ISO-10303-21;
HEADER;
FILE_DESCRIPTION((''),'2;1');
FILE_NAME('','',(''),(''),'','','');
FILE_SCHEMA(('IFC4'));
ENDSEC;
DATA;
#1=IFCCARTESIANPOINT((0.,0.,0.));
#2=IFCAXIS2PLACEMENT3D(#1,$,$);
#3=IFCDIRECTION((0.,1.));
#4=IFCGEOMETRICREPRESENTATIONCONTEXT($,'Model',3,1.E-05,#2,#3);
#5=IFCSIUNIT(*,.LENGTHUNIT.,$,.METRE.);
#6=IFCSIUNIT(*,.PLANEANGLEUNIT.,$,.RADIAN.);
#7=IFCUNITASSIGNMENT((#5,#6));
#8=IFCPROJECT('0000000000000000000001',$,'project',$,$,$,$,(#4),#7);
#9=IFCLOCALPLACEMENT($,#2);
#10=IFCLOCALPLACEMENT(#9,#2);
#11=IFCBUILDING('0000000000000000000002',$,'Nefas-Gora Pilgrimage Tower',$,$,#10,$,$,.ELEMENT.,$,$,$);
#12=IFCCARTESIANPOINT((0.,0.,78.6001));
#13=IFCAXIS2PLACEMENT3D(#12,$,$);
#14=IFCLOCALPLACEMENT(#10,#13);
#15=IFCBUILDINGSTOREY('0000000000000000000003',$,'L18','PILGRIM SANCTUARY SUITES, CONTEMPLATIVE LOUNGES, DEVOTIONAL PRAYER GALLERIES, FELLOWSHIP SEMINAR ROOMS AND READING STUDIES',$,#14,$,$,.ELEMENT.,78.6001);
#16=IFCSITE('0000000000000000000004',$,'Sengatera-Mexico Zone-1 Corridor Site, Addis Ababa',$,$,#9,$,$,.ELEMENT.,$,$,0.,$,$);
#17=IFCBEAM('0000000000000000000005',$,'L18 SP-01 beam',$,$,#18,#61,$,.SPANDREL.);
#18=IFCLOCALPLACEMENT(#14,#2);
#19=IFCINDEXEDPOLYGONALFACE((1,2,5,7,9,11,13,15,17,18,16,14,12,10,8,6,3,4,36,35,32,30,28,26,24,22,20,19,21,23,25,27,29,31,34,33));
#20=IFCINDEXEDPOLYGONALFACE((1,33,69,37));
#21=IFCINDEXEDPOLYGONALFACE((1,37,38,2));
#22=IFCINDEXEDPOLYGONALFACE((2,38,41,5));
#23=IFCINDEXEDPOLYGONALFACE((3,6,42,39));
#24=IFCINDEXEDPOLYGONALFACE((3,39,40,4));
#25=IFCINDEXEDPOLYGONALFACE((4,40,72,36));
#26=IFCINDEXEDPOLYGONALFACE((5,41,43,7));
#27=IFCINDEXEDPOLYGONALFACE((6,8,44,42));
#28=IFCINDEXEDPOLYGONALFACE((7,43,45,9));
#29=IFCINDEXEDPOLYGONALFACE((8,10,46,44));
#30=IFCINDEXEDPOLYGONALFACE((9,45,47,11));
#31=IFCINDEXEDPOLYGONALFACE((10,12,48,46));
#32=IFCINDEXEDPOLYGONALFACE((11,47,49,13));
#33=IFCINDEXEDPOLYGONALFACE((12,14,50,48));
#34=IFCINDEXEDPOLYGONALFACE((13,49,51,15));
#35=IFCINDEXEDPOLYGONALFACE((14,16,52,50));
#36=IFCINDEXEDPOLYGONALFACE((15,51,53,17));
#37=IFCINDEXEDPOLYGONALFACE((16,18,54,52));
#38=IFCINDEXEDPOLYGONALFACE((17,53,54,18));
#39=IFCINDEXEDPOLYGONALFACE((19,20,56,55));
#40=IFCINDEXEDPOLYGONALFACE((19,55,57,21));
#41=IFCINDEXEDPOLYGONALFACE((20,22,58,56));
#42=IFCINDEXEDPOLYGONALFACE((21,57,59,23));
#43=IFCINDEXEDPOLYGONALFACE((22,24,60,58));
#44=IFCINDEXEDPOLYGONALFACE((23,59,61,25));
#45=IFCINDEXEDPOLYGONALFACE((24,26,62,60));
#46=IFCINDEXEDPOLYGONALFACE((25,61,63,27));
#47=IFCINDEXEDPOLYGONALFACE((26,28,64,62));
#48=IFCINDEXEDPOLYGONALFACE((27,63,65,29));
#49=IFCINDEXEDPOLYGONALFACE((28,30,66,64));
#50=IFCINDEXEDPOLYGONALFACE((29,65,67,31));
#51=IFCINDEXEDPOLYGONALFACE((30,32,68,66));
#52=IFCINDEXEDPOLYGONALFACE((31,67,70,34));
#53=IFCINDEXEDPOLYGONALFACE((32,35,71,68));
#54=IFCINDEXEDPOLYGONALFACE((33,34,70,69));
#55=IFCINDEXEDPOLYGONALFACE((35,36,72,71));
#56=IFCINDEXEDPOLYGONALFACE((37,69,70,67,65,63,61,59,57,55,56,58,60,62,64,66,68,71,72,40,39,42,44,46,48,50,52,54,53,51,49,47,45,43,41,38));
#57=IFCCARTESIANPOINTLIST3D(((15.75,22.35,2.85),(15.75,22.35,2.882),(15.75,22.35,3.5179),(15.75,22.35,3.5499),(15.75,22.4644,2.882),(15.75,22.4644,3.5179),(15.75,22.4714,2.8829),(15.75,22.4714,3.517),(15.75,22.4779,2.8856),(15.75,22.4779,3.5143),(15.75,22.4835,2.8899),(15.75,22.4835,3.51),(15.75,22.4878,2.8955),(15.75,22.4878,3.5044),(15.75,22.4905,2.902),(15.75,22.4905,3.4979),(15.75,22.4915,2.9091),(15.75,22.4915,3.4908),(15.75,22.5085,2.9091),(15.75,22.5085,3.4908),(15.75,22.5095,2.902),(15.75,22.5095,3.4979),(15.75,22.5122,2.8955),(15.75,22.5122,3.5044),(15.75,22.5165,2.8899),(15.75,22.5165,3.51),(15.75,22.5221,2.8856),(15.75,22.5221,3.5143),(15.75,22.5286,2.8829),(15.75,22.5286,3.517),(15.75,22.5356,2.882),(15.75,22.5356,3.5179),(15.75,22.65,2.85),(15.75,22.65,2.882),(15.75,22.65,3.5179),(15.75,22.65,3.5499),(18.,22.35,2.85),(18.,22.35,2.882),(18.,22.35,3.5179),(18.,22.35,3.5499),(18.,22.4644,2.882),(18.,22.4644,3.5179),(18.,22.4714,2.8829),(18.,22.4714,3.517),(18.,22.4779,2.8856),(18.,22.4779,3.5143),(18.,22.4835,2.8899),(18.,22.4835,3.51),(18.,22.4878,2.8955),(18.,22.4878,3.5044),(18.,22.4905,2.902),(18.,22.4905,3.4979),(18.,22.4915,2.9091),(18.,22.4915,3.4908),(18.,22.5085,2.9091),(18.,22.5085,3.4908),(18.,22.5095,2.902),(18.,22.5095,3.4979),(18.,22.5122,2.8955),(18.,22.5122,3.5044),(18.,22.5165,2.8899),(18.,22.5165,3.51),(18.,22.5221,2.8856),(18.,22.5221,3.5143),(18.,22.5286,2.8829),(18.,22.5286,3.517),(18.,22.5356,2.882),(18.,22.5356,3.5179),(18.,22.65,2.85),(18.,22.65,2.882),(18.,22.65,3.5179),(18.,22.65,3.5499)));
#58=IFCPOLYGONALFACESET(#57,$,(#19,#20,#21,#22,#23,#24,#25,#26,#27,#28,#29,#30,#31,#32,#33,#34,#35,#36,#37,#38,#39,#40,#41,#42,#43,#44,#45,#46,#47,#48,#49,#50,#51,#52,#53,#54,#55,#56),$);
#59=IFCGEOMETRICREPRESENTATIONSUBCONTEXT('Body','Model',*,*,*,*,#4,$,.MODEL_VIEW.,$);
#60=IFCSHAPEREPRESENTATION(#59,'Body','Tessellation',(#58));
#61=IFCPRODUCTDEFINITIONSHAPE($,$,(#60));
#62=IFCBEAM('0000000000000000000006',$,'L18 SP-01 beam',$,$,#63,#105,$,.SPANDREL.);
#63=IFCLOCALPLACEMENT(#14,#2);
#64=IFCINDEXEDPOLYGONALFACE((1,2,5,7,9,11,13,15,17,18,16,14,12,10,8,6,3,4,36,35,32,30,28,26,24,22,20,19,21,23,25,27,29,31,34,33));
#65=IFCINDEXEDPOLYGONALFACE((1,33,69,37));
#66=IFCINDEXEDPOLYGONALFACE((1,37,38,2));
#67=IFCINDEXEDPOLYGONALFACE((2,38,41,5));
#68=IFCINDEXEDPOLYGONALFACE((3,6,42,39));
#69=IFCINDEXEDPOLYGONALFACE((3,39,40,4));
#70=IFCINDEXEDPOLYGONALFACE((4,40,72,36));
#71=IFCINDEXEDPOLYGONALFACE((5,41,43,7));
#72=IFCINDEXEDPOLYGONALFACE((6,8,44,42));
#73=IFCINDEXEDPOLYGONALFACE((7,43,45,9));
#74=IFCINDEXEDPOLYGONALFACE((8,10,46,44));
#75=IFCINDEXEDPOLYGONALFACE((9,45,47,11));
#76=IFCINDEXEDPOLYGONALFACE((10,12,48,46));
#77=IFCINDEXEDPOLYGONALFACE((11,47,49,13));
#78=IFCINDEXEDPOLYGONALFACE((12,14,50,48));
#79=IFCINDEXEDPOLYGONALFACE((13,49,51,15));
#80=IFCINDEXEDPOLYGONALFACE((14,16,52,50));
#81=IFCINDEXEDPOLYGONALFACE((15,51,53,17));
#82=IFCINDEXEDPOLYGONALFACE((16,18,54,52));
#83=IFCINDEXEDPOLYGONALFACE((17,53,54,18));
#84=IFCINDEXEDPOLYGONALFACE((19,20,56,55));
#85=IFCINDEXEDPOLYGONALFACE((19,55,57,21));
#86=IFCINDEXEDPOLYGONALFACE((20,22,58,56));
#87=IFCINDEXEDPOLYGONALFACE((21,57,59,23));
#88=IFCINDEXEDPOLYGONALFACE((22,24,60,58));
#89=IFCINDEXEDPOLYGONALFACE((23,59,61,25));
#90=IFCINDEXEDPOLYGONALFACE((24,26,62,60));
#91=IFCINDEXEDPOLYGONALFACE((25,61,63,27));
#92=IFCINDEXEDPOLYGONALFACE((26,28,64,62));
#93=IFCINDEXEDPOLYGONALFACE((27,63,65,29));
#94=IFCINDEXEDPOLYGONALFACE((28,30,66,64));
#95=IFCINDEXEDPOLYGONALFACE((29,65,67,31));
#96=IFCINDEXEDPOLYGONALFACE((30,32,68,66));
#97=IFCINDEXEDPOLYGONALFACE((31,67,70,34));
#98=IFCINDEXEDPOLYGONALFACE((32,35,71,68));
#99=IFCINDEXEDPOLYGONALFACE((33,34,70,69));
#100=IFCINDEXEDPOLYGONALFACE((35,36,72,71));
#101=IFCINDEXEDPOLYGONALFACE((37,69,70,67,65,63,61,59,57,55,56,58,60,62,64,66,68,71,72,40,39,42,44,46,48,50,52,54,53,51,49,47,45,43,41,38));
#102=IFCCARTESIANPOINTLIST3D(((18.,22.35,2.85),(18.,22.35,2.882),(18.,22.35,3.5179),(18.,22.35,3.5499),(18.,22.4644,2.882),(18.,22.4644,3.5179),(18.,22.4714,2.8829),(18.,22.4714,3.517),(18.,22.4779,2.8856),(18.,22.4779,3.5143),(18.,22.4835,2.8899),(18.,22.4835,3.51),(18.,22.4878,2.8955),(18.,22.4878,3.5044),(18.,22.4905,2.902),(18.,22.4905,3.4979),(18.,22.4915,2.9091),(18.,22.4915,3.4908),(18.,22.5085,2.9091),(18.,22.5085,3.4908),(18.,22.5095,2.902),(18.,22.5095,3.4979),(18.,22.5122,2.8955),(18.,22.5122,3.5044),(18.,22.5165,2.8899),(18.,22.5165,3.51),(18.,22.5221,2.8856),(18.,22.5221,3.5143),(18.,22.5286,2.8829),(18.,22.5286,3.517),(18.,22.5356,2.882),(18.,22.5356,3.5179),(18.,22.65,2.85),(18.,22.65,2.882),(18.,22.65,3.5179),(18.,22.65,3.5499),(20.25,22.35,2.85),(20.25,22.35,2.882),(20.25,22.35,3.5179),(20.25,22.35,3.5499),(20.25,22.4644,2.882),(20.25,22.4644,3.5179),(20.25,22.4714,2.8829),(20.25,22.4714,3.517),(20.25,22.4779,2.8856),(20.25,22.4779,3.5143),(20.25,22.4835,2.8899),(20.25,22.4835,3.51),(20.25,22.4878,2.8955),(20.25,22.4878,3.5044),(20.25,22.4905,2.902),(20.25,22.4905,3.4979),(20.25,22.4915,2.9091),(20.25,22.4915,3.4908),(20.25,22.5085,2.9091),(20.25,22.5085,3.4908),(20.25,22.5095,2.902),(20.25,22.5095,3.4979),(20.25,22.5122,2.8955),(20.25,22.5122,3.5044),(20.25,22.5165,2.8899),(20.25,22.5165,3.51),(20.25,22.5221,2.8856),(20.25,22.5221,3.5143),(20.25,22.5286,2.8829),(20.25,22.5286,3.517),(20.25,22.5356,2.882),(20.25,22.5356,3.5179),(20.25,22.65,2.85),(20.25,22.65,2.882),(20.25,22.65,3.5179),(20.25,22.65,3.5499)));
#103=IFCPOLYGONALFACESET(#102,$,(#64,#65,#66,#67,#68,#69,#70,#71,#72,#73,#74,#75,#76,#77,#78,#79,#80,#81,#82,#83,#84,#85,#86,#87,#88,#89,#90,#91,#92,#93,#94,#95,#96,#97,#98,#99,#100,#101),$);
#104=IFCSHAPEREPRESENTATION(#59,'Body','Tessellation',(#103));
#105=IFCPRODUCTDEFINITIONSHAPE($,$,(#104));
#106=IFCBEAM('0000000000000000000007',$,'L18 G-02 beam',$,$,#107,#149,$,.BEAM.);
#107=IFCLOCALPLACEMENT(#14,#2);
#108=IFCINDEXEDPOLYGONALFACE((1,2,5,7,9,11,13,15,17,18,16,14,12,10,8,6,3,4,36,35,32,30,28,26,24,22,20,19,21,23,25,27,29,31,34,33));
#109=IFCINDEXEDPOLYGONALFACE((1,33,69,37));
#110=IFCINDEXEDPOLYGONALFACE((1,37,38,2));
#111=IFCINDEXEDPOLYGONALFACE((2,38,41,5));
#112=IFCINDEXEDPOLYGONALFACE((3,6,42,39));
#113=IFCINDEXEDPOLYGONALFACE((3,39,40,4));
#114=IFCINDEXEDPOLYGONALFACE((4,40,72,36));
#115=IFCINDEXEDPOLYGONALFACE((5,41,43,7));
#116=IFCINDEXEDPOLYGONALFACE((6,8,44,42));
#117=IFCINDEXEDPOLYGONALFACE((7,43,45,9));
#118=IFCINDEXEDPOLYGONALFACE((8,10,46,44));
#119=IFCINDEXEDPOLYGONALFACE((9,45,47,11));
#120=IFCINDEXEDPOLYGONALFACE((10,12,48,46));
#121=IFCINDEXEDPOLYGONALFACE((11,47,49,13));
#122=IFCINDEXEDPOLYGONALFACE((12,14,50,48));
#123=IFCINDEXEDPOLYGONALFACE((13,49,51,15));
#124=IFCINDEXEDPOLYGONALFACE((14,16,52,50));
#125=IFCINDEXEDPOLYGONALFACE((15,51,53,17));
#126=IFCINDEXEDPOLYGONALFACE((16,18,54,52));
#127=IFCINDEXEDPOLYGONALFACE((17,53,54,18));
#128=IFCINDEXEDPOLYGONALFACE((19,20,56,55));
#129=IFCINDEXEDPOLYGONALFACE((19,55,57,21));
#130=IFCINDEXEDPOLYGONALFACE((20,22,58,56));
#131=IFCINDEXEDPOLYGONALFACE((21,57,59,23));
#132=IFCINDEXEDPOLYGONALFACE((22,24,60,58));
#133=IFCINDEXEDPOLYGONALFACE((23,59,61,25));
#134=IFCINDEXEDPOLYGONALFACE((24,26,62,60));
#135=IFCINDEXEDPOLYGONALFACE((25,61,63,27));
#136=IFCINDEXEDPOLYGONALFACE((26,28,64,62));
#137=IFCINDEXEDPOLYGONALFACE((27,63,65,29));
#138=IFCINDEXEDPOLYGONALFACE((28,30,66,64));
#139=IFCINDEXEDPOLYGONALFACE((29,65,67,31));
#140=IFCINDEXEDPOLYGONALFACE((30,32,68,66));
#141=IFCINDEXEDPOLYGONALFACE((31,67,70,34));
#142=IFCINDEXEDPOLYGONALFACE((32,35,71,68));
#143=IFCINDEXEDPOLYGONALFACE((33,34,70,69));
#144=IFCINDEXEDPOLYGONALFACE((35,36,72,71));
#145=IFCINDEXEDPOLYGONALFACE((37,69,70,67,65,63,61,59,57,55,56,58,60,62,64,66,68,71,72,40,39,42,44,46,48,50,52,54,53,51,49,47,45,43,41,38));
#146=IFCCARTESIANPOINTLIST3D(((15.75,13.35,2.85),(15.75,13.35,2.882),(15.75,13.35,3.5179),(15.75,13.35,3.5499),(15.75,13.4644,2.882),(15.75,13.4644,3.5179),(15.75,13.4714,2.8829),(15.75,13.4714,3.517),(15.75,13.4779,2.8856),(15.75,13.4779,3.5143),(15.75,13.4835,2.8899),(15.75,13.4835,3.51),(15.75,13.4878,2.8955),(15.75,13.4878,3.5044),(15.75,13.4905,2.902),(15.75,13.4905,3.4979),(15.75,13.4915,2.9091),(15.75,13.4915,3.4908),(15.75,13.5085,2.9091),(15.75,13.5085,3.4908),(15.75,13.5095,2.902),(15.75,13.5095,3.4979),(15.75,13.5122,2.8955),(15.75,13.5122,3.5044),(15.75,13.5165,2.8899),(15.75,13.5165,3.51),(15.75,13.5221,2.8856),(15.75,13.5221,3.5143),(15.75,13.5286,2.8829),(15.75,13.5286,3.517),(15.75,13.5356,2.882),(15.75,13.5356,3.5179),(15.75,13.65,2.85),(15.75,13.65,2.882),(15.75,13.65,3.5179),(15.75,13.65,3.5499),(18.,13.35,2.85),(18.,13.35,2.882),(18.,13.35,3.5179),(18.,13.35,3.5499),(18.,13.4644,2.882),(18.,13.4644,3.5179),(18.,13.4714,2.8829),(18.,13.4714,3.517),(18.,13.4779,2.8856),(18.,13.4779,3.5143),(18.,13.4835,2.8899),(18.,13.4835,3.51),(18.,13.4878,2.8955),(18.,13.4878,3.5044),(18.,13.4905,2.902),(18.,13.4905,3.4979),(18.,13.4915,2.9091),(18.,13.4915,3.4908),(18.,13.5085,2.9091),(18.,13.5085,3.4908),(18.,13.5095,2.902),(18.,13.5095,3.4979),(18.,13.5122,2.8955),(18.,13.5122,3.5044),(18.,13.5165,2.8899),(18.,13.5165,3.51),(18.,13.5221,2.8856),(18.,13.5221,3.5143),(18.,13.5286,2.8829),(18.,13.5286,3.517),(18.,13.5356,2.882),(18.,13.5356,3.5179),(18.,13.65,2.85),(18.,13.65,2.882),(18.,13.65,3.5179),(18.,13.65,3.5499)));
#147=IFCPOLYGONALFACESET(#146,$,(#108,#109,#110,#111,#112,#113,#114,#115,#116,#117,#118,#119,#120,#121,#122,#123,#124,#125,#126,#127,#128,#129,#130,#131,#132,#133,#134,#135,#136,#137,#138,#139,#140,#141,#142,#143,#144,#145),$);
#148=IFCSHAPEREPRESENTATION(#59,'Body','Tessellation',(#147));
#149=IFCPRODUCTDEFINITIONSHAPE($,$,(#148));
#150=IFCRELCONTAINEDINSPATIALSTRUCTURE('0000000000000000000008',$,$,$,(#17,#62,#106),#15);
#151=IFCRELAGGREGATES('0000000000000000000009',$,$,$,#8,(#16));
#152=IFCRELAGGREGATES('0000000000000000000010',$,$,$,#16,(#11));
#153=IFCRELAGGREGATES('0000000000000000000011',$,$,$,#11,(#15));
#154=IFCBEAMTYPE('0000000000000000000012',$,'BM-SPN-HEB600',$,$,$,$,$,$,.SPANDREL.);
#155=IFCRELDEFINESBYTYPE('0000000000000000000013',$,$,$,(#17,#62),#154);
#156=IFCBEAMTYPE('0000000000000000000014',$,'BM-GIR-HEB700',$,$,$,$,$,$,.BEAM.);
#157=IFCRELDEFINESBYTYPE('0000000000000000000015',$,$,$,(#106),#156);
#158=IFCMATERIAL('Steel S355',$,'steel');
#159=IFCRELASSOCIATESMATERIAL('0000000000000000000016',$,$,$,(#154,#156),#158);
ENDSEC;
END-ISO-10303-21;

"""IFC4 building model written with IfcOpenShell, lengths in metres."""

from ifc_helpers import new_model, si_unit, direction, frame, origin, origin_2d, place, context, subcontext, project, spatial, i_section, extrude, source, transform, mapped, material, material_profile, profile_set, type_object, element, save


model = new_model("IFC4")

# Units and contexts
model_context = context("Model", 3, precision=1e-05, world=origin(), true_north=direction((0.0, 1.0)))
body_context = subcontext(model_context, "Body", "Model", "MODEL_VIEW")
ifc_project = project(units=[si_unit("LENGTHUNIT", "METRE"), si_unit("PLANEANGLEUNIT", "RADIAN")], contexts=[model_context])

# Site, building, storey
site_placement = place(None, origin())
site = spatial("IfcSite", under=ifc_project, at=site_placement, Name="Sengatera-Mexico Zone-1 Corridor Site, Addis Ababa", CompositionType="ELEMENT", RefElevation=0.0)
building_placement = place(site_placement, origin())
building = spatial("IfcBuilding", under=site, at=building_placement, Name="Nefas-Gora Pilgrimage Tower", CompositionType="ELEMENT")
storey_placement = place(building_placement, frame((0.0, 0.0, 78.6001)))
storey = spatial("IfcBuildingStorey", under=building, at=storey_placement, Name="L18", Description="PILGRIM SANCTUARY SUITES, CONTEMPLATIVE LOUNGES, DEVOTIONAL PRAYER GALLERIES, FELLOWSHIP SEMINAR ROOMS AND READING STUDIES", CompositionType="ELEMENT", Elevation=78.6001)

# Beams
ifc_material_1 = material(Name="Steel S355", Category="steel")
ifc_material_profile_1 = material_profile(ifc_material_1, i_section(OverallWidth=0.3, OverallDepth=0.7, WebThickness=0.0171, FlangeThickness=0.032, FilletRadius=0.0271, at=origin_2d()), Name="HEB 700")
ifc_profile_set_1 = profile_set([ifc_material_profile_1], Name="Steel S355")
beam_type_1 = type_object("IfcBeamType", Name="BM-SPN-HEB600", PredefinedType="SPANDREL", material=ifc_profile_set_1)
ifc_material_profile_2 = material_profile(ifc_material_1, i_section(OverallWidth=0.3, OverallDepth=0.7, WebThickness=0.0171, FlangeThickness=0.032, FilletRadius=0.0271, at=origin_2d()), Name="HEB 700")
ifc_profile_set_2 = profile_set([ifc_material_profile_2], Name="Steel S355")
beam_type_2 = type_object("IfcBeamType", Name="BM-GIR-HEB700", PredefinedType="BEAM", material=ifc_profile_set_2)
shared_shape_1 = source(origin(), body_context, "Body", "SweptSolid", [
    extrude(i_section(OverallWidth=0.3, OverallDepth=0.7, WebThickness=0.0171, FlangeThickness=0.032, FilletRadius=0.0271, at=origin_2d()), origin(), (0.0, 0.0, 1.0), 2.25),
])
for number, where, z_axis, x_axis, name in (
    (1, (15.75, 22.5, 3.2), (1.0, 0.0, 0.0), (0.0, 1.0, 0.0), "L18 SP-01 beam"),
    (2, (18.0, 22.5, 3.2), (1.0, 0.0, 0.0), (0.0, 1.0, 0.0), "L18 SP-01 beam"),
):
    element("IfcBeam", number, at=place(storey_placement, frame(where, z_axis=z_axis, x_axis=x_axis)), inside=storey, type_object=beam_type_1, Name=name, PredefinedType="SPANDREL", context=body_context, shape_type="MappedRepresentation", body=[
        mapped(shared_shape_1, transform((0.0, 0.0, 0.0), x_axis=(1.0, 0.0, 0.0), y_axis=(0.0, 1.0, 0.0), z_axis=(0.0, 0.0, 1.0), scale=1.0)),
    ])
shared_shape_2 = source(origin(), body_context, "Body", "SweptSolid", [
    extrude(i_section(OverallWidth=0.3, OverallDepth=0.7, WebThickness=0.0171, FlangeThickness=0.032, FilletRadius=0.0271, at=origin_2d()), origin(), (0.0, 0.0, 1.0), 2.25),
])
beam_1_placement = place(storey_placement, frame((15.75, 13.5, 3.2), z_axis=(1.0, 0.0, 0.0), x_axis=(0.0, 1.0, 0.0)))
element("IfcBeam", 3, at=beam_1_placement, inside=storey, type_object=beam_type_2, Name="L18 G-02 beam", PredefinedType="BEAM", context=body_context, shape_type="MappedRepresentation", body=[
    mapped(shared_shape_2, transform((0.0, 0.0, 0.0), x_axis=(1.0, 0.0, 0.0), y_axis=(0.0, 1.0, 0.0), z_axis=(0.0, 0.0, 1.0), scale=1.0)),
])

save(model, "model.ifc")
